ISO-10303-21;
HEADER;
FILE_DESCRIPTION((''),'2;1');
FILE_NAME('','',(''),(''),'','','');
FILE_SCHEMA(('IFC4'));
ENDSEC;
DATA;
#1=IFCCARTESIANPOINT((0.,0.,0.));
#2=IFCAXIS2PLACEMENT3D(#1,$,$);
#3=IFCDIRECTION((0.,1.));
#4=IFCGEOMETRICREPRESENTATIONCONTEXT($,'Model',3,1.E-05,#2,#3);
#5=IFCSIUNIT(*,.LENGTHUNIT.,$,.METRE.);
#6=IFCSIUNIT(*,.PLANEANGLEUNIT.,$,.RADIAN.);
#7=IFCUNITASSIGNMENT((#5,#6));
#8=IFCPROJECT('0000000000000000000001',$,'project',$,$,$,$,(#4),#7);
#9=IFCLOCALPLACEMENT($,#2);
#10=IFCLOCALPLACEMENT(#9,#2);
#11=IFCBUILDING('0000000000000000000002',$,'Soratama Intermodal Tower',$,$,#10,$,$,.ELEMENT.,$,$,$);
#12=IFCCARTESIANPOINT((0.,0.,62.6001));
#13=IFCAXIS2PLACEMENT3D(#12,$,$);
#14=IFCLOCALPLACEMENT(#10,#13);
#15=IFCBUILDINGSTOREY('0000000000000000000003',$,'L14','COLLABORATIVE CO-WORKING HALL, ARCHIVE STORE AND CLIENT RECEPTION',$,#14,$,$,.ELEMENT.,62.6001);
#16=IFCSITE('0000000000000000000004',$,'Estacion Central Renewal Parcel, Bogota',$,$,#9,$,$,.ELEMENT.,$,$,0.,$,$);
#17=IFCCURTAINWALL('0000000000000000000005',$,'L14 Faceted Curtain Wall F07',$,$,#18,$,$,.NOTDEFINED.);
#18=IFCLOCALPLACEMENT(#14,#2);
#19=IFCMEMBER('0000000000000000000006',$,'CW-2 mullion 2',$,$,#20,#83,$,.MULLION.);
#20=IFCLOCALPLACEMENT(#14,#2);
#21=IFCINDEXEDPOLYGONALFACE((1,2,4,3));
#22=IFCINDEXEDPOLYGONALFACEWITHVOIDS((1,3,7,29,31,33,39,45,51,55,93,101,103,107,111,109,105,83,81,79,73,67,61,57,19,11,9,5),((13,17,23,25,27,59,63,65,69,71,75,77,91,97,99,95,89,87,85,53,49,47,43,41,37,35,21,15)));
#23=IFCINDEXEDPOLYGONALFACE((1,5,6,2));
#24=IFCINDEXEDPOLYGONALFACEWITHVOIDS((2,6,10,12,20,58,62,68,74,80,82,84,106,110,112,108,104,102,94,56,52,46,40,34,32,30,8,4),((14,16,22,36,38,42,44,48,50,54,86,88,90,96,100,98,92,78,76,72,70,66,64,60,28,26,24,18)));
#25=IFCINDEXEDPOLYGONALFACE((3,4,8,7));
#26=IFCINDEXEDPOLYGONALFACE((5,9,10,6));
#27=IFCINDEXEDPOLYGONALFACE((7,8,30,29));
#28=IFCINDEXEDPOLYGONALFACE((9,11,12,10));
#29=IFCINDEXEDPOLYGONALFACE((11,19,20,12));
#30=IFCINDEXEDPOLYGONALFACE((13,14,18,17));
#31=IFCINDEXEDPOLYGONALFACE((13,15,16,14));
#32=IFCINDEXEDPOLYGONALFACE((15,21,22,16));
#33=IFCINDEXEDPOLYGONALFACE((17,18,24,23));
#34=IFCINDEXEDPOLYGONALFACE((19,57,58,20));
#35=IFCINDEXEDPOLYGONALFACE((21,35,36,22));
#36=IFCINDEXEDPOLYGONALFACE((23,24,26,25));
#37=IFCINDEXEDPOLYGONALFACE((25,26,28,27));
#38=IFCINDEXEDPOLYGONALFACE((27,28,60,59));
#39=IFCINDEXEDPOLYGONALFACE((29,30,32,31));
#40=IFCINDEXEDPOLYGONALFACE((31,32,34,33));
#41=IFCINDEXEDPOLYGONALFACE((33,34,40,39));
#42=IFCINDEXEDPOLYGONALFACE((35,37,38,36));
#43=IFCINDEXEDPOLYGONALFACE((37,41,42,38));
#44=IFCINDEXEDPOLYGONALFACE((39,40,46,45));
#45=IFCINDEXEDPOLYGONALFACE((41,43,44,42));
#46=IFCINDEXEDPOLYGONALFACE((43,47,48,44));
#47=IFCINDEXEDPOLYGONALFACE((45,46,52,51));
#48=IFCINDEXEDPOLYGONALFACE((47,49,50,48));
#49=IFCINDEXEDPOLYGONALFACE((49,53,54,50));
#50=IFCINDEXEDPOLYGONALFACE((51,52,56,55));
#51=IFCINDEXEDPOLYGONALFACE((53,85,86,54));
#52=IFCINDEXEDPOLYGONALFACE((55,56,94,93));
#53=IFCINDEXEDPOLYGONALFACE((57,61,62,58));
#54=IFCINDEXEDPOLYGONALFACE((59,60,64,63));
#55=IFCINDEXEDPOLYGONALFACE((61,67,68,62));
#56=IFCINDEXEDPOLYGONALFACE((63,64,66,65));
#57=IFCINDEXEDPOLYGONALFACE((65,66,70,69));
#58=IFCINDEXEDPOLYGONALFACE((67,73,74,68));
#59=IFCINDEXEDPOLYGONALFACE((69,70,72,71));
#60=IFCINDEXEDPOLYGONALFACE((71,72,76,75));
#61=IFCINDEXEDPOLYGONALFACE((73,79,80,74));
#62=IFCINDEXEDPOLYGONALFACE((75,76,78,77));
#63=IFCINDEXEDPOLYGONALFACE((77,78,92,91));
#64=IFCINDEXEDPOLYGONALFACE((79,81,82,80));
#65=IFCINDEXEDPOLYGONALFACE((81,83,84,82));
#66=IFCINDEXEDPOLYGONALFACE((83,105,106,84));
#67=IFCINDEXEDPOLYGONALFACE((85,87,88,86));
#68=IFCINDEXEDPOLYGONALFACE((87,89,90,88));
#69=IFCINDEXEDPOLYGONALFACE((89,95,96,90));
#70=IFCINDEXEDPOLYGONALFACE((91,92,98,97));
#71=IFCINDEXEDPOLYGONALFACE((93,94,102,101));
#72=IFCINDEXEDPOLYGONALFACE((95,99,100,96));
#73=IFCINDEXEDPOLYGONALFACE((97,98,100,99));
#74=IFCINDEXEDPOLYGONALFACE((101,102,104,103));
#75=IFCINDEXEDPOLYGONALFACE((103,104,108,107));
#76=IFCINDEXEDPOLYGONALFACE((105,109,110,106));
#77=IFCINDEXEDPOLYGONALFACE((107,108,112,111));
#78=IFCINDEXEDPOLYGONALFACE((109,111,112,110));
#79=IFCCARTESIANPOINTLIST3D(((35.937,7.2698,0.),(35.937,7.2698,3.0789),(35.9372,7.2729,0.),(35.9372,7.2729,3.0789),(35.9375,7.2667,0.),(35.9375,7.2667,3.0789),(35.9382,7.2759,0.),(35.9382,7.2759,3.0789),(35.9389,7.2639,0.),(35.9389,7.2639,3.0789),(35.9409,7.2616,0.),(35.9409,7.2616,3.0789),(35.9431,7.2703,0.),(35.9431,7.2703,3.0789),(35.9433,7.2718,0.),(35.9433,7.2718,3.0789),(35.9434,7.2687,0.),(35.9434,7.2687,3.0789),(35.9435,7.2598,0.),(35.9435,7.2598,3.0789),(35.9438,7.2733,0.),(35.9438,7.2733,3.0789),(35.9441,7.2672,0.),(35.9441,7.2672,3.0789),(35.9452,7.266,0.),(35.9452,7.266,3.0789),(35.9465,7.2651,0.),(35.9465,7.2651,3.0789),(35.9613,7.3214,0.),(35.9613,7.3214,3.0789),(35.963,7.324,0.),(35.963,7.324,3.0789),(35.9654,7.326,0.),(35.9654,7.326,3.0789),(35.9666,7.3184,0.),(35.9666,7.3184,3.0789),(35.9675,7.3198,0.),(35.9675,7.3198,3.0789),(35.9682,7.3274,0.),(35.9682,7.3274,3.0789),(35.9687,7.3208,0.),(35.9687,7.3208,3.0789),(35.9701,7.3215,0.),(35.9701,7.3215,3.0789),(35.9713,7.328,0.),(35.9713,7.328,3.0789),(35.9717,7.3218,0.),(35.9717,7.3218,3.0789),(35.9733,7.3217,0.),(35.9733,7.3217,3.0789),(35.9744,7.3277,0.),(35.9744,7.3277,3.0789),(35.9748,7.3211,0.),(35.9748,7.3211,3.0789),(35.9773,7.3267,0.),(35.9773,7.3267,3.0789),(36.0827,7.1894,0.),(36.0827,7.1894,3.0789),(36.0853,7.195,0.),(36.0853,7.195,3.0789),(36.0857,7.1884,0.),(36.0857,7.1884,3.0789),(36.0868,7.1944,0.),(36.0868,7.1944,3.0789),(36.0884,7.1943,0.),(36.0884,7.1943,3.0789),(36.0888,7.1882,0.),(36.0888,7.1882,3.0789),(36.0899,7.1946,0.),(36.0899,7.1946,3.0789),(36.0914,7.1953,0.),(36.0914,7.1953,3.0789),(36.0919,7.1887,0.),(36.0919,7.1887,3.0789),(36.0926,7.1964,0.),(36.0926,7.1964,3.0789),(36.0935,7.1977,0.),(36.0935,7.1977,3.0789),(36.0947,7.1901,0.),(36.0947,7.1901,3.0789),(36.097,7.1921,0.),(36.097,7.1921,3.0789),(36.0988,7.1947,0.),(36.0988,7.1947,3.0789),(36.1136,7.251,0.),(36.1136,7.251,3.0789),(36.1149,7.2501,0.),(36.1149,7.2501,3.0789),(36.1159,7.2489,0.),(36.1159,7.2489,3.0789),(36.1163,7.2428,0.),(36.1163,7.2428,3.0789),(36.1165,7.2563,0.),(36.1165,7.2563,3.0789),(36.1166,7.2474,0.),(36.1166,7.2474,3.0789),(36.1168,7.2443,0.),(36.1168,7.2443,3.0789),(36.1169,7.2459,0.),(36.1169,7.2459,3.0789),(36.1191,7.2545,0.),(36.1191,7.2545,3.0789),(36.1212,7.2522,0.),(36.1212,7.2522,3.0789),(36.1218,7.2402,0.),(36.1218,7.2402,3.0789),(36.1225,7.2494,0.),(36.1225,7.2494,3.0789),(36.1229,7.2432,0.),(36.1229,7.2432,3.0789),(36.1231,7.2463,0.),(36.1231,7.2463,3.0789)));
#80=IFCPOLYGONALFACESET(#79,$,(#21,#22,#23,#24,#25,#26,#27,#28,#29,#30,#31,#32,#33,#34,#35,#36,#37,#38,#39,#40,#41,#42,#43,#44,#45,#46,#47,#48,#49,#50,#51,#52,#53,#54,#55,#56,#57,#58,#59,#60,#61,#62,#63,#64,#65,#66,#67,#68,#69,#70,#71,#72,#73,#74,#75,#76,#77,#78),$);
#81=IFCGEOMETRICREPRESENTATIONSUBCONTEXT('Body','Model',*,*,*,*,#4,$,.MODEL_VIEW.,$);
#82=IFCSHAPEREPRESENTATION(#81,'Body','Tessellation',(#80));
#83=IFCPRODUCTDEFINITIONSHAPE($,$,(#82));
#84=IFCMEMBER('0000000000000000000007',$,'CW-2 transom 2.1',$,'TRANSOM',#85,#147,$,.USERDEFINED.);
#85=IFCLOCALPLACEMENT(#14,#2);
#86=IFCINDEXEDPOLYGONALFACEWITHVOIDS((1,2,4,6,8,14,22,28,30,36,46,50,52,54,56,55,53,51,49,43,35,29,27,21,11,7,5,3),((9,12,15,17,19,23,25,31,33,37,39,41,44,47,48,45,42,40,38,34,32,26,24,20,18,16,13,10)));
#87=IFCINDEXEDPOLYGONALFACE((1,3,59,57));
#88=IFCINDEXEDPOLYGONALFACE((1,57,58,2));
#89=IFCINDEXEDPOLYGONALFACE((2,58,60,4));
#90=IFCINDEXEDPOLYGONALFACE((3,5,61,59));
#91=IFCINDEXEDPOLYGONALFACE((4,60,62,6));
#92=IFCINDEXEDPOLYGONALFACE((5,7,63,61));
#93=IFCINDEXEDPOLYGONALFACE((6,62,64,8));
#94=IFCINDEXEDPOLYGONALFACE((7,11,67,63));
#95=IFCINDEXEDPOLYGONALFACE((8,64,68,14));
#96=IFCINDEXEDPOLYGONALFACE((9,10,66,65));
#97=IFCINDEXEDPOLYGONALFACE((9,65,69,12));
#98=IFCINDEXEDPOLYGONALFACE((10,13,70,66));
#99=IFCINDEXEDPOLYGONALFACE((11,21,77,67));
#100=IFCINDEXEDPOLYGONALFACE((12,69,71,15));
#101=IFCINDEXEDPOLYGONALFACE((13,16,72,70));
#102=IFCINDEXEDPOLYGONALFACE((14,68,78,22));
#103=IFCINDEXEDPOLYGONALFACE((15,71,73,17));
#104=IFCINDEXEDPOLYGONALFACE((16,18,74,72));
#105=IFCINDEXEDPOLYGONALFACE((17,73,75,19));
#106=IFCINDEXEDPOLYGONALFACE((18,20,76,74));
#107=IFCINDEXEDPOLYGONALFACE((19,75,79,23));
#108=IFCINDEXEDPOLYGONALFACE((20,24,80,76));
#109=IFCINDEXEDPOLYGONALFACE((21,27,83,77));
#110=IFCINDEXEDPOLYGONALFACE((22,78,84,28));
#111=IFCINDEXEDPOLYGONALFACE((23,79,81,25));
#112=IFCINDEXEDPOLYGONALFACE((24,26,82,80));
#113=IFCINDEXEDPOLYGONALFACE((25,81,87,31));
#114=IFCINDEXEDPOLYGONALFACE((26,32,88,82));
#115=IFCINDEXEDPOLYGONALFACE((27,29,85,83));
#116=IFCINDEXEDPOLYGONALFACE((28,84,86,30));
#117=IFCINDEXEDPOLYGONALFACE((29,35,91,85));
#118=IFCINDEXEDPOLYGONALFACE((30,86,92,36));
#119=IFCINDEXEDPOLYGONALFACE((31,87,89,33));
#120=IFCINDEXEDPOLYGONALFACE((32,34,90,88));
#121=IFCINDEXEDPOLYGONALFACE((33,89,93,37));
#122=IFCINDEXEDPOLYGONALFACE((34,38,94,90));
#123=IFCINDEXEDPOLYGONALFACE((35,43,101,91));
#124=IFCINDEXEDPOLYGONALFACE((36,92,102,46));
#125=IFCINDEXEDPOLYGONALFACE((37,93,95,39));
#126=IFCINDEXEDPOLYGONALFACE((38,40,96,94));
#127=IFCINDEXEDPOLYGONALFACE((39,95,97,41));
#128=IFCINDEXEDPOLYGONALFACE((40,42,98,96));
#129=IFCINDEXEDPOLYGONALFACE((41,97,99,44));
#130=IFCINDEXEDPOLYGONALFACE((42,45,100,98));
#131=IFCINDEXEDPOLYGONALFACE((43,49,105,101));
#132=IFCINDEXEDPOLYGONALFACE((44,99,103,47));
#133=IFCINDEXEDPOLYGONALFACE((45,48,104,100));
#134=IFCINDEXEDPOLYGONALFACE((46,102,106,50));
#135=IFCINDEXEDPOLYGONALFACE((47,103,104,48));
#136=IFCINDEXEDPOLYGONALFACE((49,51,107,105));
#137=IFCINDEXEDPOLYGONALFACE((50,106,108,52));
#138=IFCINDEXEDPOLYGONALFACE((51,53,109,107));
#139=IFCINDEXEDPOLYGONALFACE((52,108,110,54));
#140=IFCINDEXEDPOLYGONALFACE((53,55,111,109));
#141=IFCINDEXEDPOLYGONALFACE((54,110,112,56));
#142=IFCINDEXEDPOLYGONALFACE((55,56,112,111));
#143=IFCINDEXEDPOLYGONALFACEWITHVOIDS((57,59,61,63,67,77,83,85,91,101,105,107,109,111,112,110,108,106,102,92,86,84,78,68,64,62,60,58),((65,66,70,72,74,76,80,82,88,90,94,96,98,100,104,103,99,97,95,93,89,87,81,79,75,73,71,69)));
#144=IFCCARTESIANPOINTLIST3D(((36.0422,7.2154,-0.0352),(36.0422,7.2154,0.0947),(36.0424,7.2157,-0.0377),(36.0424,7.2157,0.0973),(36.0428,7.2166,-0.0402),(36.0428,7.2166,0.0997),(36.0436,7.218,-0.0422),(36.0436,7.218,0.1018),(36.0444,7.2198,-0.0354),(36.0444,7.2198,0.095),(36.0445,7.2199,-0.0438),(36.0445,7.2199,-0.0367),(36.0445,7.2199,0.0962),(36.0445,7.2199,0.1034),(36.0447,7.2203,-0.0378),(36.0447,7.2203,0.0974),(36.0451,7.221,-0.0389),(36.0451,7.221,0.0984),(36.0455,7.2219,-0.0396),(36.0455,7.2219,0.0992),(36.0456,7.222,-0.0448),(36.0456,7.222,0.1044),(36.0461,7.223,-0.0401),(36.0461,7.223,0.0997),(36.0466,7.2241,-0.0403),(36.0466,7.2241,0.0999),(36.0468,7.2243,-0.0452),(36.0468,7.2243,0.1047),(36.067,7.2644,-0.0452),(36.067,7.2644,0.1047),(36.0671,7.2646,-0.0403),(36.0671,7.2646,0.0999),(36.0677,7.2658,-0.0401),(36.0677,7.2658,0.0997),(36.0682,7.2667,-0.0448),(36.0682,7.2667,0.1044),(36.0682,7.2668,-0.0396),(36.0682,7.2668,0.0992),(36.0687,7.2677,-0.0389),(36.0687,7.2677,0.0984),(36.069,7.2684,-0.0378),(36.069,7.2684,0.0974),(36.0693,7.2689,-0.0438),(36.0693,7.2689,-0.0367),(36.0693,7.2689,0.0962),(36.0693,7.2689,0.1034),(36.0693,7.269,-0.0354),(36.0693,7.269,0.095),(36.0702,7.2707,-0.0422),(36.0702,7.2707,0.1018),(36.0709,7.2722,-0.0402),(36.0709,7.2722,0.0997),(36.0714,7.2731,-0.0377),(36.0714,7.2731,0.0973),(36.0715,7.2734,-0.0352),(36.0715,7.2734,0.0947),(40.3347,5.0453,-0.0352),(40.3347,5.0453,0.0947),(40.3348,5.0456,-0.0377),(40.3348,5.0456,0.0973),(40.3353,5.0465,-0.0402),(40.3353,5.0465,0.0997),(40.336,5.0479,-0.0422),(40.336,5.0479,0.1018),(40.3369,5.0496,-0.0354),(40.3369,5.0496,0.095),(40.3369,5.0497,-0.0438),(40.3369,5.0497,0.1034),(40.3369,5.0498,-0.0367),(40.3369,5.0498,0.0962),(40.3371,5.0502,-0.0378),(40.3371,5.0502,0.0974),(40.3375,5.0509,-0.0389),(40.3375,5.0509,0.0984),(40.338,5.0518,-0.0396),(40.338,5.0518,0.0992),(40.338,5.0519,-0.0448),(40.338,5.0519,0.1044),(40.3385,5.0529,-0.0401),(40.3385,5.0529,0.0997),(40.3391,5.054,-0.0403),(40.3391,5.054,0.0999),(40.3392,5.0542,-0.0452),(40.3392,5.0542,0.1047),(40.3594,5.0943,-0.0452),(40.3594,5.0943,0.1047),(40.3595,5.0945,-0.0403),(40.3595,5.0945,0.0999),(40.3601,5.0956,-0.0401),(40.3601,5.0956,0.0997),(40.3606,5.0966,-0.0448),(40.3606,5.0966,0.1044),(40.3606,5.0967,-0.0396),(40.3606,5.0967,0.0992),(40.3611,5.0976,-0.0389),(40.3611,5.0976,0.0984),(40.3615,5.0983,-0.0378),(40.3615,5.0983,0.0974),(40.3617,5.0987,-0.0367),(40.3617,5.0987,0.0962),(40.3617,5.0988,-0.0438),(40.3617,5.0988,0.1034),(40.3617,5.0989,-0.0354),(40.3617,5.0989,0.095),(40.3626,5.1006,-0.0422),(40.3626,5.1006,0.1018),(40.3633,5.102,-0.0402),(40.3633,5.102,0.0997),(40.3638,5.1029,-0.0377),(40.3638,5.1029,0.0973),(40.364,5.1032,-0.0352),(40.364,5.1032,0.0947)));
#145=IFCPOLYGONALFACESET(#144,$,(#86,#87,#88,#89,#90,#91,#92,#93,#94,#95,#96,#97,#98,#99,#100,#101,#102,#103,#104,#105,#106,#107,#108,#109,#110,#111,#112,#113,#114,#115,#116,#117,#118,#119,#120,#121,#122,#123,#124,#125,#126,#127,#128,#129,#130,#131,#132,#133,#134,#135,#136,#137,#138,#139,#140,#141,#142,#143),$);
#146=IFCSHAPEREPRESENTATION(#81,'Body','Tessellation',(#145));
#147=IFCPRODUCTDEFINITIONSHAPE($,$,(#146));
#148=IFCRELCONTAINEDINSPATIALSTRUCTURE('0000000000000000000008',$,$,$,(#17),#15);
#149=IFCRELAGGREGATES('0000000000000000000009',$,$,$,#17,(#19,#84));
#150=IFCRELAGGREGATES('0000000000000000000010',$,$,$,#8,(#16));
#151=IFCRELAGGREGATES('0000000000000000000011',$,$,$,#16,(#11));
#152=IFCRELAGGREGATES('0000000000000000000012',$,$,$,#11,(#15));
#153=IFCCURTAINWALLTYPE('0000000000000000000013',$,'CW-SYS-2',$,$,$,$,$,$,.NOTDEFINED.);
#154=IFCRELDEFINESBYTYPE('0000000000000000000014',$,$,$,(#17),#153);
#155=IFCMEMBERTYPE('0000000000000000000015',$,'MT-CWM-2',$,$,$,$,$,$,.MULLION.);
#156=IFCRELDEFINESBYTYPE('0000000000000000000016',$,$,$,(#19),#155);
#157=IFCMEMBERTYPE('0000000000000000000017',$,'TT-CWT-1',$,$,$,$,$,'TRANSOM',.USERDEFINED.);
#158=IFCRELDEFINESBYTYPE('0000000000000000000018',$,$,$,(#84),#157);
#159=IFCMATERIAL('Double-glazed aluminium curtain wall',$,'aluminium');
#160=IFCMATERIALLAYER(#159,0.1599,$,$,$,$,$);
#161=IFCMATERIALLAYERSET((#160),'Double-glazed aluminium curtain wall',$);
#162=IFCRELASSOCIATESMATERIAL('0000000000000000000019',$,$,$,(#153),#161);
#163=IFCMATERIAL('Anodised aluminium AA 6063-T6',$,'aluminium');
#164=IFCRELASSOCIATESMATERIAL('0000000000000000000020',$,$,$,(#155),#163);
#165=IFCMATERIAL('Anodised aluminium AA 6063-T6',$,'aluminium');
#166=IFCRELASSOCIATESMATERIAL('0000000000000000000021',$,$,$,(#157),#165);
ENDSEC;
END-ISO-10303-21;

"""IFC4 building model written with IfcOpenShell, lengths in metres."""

from ifc_helpers import new_model, si_unit, direction, frame, origin, origin_2d, place, context, subcontext, project, spatial, hollow_rectangle, extrude, material, layer, layer_set, material_profile, profile_set, type_object, element, aggregate, save


model = new_model("IFC4")

# Units and contexts
model_context = context("Model", 3, precision=1e-05, world=origin(), true_north=direction((0.0, 1.0)))
body_context = subcontext(model_context, "Body", "Model", "MODEL_VIEW")
ifc_project = project(units=[si_unit("LENGTHUNIT", "METRE"), si_unit("PLANEANGLEUNIT", "RADIAN")], contexts=[model_context])

# Site, building, storey
site_placement = place(None, origin())
site = spatial("IfcSite", under=ifc_project, at=site_placement, Name="Estacion Central Renewal Parcel, Bogota", CompositionType="ELEMENT", RefElevation=0.0)
building_placement = place(site_placement, origin())
building = spatial("IfcBuilding", under=site, at=building_placement, Name="Soratama Intermodal Tower", CompositionType="ELEMENT")
storey_placement = place(building_placement, frame((0.0, 0.0, 62.6001)))
storey = spatial("IfcBuildingStorey", under=building, at=storey_placement, Name="L14", Description="COLLABORATIVE CO-WORKING HALL, ARCHIVE STORE AND CLIENT RECEPTION", CompositionType="ELEMENT", Elevation=62.6001)

# Curtain wall, members
ifc_material_1 = material(Name="Double-glazed aluminium curtain wall", Category="aluminium")
ifc_layer_1 = layer(ifc_material_1, 0.1599)
ifc_layer_set_1 = layer_set([ifc_layer_1], Name="Double-glazed aluminium curtain wall")
curtain_wall_type = type_object("IfcCurtainWallType", Name="CW-SYS-2", PredefinedType="NOTDEFINED", material=ifc_layer_set_1)
curtain_wall_placement = place(storey_placement, origin())
curtain_wall = element("IfcCurtainWall", 1, at=curtain_wall_placement, inside=storey, type_object=curtain_wall_type, Name="L14 Faceted Curtain Wall F07", PredefinedType="NOTDEFINED")
ifc_material_2 = material(Name="Anodised aluminium AA 6063-T6", Category="aluminium")
ifc_material_profile_1 = material_profile(ifc_material_2, hollow_rectangle(XDim=0.075, YDim=0.1799, WallThickness=0.0061, InnerFilletRadius=0.0061, OuterFilletRadius=0.012, at=origin_2d()), Name="CWM180X75X6")
ifc_profile_set_1 = profile_set([ifc_material_profile_1], Name="Anodised aluminium AA 6063-T6")
member_type_1 = type_object("IfcMemberType", Name="MT-CWM-2", PredefinedType="MULLION", material=ifc_profile_set_1)
member_1_placement = place(storey_placement, frame((36.03, 7.2581, 0.0), z_axis=(0.0, 0.0, 1.0), x_axis=(0.451185, 0.892431, 0.0)))
member_1 = element("IfcMember", 2, at=member_1_placement, type_object=member_type_1, Name="CW-2 mullion 2", PredefinedType="MULLION", context=body_context, shape_type="SweptSolid", body=[
    extrude(hollow_rectangle(XDim=0.075, YDim=0.1799, WallThickness=0.0061, InnerFilletRadius=0.0061, OuterFilletRadius=0.012, at=origin_2d()), origin(), (0.0, 0.0, 1.0), 3.0789),
])
ifc_material_3 = material(Name="Anodised aluminium AA 6063-T6", Category="aluminium")
ifc_material_profile_2 = material_profile(ifc_material_3, hollow_rectangle(XDim=0.0649, YDim=0.1499, WallThickness=0.0049, InnerFilletRadius=0.0049, OuterFilletRadius=0.01, at=origin_2d()), Name="CWT150X65X5")
ifc_profile_set_2 = profile_set([ifc_material_profile_2], Name="Anodised aluminium AA 6063-T6")
member_type_2 = type_object("IfcMemberType", Name="TT-CWT-1", ElementType="TRANSOM", PredefinedType="USERDEFINED", material=ifc_profile_set_2)
member_2_placement = place(storey_placement, frame((36.0569, 7.2444, 0.0298), z_axis=(0.892429, -0.451189, 0.0), x_axis=(0.451189, 0.892429, 0.0)))
member_2 = element("IfcMember", 3, at=member_2_placement, type_object=member_type_2, Name="CW-2 transom 2.1", ObjectType="TRANSOM", PredefinedType="USERDEFINED", context=body_context, shape_type="SweptSolid", body=[
    extrude(hollow_rectangle(XDim=0.0649, YDim=0.1499, WallThickness=0.0049, InnerFilletRadius=0.0049, OuterFilletRadius=0.01, at=origin_2d()), origin(), (0.0, 0.0, 1.0), 4.8098),
])
aggregate(curtain_wall, [member_1, member_2])

save(model, "model.ifc")
